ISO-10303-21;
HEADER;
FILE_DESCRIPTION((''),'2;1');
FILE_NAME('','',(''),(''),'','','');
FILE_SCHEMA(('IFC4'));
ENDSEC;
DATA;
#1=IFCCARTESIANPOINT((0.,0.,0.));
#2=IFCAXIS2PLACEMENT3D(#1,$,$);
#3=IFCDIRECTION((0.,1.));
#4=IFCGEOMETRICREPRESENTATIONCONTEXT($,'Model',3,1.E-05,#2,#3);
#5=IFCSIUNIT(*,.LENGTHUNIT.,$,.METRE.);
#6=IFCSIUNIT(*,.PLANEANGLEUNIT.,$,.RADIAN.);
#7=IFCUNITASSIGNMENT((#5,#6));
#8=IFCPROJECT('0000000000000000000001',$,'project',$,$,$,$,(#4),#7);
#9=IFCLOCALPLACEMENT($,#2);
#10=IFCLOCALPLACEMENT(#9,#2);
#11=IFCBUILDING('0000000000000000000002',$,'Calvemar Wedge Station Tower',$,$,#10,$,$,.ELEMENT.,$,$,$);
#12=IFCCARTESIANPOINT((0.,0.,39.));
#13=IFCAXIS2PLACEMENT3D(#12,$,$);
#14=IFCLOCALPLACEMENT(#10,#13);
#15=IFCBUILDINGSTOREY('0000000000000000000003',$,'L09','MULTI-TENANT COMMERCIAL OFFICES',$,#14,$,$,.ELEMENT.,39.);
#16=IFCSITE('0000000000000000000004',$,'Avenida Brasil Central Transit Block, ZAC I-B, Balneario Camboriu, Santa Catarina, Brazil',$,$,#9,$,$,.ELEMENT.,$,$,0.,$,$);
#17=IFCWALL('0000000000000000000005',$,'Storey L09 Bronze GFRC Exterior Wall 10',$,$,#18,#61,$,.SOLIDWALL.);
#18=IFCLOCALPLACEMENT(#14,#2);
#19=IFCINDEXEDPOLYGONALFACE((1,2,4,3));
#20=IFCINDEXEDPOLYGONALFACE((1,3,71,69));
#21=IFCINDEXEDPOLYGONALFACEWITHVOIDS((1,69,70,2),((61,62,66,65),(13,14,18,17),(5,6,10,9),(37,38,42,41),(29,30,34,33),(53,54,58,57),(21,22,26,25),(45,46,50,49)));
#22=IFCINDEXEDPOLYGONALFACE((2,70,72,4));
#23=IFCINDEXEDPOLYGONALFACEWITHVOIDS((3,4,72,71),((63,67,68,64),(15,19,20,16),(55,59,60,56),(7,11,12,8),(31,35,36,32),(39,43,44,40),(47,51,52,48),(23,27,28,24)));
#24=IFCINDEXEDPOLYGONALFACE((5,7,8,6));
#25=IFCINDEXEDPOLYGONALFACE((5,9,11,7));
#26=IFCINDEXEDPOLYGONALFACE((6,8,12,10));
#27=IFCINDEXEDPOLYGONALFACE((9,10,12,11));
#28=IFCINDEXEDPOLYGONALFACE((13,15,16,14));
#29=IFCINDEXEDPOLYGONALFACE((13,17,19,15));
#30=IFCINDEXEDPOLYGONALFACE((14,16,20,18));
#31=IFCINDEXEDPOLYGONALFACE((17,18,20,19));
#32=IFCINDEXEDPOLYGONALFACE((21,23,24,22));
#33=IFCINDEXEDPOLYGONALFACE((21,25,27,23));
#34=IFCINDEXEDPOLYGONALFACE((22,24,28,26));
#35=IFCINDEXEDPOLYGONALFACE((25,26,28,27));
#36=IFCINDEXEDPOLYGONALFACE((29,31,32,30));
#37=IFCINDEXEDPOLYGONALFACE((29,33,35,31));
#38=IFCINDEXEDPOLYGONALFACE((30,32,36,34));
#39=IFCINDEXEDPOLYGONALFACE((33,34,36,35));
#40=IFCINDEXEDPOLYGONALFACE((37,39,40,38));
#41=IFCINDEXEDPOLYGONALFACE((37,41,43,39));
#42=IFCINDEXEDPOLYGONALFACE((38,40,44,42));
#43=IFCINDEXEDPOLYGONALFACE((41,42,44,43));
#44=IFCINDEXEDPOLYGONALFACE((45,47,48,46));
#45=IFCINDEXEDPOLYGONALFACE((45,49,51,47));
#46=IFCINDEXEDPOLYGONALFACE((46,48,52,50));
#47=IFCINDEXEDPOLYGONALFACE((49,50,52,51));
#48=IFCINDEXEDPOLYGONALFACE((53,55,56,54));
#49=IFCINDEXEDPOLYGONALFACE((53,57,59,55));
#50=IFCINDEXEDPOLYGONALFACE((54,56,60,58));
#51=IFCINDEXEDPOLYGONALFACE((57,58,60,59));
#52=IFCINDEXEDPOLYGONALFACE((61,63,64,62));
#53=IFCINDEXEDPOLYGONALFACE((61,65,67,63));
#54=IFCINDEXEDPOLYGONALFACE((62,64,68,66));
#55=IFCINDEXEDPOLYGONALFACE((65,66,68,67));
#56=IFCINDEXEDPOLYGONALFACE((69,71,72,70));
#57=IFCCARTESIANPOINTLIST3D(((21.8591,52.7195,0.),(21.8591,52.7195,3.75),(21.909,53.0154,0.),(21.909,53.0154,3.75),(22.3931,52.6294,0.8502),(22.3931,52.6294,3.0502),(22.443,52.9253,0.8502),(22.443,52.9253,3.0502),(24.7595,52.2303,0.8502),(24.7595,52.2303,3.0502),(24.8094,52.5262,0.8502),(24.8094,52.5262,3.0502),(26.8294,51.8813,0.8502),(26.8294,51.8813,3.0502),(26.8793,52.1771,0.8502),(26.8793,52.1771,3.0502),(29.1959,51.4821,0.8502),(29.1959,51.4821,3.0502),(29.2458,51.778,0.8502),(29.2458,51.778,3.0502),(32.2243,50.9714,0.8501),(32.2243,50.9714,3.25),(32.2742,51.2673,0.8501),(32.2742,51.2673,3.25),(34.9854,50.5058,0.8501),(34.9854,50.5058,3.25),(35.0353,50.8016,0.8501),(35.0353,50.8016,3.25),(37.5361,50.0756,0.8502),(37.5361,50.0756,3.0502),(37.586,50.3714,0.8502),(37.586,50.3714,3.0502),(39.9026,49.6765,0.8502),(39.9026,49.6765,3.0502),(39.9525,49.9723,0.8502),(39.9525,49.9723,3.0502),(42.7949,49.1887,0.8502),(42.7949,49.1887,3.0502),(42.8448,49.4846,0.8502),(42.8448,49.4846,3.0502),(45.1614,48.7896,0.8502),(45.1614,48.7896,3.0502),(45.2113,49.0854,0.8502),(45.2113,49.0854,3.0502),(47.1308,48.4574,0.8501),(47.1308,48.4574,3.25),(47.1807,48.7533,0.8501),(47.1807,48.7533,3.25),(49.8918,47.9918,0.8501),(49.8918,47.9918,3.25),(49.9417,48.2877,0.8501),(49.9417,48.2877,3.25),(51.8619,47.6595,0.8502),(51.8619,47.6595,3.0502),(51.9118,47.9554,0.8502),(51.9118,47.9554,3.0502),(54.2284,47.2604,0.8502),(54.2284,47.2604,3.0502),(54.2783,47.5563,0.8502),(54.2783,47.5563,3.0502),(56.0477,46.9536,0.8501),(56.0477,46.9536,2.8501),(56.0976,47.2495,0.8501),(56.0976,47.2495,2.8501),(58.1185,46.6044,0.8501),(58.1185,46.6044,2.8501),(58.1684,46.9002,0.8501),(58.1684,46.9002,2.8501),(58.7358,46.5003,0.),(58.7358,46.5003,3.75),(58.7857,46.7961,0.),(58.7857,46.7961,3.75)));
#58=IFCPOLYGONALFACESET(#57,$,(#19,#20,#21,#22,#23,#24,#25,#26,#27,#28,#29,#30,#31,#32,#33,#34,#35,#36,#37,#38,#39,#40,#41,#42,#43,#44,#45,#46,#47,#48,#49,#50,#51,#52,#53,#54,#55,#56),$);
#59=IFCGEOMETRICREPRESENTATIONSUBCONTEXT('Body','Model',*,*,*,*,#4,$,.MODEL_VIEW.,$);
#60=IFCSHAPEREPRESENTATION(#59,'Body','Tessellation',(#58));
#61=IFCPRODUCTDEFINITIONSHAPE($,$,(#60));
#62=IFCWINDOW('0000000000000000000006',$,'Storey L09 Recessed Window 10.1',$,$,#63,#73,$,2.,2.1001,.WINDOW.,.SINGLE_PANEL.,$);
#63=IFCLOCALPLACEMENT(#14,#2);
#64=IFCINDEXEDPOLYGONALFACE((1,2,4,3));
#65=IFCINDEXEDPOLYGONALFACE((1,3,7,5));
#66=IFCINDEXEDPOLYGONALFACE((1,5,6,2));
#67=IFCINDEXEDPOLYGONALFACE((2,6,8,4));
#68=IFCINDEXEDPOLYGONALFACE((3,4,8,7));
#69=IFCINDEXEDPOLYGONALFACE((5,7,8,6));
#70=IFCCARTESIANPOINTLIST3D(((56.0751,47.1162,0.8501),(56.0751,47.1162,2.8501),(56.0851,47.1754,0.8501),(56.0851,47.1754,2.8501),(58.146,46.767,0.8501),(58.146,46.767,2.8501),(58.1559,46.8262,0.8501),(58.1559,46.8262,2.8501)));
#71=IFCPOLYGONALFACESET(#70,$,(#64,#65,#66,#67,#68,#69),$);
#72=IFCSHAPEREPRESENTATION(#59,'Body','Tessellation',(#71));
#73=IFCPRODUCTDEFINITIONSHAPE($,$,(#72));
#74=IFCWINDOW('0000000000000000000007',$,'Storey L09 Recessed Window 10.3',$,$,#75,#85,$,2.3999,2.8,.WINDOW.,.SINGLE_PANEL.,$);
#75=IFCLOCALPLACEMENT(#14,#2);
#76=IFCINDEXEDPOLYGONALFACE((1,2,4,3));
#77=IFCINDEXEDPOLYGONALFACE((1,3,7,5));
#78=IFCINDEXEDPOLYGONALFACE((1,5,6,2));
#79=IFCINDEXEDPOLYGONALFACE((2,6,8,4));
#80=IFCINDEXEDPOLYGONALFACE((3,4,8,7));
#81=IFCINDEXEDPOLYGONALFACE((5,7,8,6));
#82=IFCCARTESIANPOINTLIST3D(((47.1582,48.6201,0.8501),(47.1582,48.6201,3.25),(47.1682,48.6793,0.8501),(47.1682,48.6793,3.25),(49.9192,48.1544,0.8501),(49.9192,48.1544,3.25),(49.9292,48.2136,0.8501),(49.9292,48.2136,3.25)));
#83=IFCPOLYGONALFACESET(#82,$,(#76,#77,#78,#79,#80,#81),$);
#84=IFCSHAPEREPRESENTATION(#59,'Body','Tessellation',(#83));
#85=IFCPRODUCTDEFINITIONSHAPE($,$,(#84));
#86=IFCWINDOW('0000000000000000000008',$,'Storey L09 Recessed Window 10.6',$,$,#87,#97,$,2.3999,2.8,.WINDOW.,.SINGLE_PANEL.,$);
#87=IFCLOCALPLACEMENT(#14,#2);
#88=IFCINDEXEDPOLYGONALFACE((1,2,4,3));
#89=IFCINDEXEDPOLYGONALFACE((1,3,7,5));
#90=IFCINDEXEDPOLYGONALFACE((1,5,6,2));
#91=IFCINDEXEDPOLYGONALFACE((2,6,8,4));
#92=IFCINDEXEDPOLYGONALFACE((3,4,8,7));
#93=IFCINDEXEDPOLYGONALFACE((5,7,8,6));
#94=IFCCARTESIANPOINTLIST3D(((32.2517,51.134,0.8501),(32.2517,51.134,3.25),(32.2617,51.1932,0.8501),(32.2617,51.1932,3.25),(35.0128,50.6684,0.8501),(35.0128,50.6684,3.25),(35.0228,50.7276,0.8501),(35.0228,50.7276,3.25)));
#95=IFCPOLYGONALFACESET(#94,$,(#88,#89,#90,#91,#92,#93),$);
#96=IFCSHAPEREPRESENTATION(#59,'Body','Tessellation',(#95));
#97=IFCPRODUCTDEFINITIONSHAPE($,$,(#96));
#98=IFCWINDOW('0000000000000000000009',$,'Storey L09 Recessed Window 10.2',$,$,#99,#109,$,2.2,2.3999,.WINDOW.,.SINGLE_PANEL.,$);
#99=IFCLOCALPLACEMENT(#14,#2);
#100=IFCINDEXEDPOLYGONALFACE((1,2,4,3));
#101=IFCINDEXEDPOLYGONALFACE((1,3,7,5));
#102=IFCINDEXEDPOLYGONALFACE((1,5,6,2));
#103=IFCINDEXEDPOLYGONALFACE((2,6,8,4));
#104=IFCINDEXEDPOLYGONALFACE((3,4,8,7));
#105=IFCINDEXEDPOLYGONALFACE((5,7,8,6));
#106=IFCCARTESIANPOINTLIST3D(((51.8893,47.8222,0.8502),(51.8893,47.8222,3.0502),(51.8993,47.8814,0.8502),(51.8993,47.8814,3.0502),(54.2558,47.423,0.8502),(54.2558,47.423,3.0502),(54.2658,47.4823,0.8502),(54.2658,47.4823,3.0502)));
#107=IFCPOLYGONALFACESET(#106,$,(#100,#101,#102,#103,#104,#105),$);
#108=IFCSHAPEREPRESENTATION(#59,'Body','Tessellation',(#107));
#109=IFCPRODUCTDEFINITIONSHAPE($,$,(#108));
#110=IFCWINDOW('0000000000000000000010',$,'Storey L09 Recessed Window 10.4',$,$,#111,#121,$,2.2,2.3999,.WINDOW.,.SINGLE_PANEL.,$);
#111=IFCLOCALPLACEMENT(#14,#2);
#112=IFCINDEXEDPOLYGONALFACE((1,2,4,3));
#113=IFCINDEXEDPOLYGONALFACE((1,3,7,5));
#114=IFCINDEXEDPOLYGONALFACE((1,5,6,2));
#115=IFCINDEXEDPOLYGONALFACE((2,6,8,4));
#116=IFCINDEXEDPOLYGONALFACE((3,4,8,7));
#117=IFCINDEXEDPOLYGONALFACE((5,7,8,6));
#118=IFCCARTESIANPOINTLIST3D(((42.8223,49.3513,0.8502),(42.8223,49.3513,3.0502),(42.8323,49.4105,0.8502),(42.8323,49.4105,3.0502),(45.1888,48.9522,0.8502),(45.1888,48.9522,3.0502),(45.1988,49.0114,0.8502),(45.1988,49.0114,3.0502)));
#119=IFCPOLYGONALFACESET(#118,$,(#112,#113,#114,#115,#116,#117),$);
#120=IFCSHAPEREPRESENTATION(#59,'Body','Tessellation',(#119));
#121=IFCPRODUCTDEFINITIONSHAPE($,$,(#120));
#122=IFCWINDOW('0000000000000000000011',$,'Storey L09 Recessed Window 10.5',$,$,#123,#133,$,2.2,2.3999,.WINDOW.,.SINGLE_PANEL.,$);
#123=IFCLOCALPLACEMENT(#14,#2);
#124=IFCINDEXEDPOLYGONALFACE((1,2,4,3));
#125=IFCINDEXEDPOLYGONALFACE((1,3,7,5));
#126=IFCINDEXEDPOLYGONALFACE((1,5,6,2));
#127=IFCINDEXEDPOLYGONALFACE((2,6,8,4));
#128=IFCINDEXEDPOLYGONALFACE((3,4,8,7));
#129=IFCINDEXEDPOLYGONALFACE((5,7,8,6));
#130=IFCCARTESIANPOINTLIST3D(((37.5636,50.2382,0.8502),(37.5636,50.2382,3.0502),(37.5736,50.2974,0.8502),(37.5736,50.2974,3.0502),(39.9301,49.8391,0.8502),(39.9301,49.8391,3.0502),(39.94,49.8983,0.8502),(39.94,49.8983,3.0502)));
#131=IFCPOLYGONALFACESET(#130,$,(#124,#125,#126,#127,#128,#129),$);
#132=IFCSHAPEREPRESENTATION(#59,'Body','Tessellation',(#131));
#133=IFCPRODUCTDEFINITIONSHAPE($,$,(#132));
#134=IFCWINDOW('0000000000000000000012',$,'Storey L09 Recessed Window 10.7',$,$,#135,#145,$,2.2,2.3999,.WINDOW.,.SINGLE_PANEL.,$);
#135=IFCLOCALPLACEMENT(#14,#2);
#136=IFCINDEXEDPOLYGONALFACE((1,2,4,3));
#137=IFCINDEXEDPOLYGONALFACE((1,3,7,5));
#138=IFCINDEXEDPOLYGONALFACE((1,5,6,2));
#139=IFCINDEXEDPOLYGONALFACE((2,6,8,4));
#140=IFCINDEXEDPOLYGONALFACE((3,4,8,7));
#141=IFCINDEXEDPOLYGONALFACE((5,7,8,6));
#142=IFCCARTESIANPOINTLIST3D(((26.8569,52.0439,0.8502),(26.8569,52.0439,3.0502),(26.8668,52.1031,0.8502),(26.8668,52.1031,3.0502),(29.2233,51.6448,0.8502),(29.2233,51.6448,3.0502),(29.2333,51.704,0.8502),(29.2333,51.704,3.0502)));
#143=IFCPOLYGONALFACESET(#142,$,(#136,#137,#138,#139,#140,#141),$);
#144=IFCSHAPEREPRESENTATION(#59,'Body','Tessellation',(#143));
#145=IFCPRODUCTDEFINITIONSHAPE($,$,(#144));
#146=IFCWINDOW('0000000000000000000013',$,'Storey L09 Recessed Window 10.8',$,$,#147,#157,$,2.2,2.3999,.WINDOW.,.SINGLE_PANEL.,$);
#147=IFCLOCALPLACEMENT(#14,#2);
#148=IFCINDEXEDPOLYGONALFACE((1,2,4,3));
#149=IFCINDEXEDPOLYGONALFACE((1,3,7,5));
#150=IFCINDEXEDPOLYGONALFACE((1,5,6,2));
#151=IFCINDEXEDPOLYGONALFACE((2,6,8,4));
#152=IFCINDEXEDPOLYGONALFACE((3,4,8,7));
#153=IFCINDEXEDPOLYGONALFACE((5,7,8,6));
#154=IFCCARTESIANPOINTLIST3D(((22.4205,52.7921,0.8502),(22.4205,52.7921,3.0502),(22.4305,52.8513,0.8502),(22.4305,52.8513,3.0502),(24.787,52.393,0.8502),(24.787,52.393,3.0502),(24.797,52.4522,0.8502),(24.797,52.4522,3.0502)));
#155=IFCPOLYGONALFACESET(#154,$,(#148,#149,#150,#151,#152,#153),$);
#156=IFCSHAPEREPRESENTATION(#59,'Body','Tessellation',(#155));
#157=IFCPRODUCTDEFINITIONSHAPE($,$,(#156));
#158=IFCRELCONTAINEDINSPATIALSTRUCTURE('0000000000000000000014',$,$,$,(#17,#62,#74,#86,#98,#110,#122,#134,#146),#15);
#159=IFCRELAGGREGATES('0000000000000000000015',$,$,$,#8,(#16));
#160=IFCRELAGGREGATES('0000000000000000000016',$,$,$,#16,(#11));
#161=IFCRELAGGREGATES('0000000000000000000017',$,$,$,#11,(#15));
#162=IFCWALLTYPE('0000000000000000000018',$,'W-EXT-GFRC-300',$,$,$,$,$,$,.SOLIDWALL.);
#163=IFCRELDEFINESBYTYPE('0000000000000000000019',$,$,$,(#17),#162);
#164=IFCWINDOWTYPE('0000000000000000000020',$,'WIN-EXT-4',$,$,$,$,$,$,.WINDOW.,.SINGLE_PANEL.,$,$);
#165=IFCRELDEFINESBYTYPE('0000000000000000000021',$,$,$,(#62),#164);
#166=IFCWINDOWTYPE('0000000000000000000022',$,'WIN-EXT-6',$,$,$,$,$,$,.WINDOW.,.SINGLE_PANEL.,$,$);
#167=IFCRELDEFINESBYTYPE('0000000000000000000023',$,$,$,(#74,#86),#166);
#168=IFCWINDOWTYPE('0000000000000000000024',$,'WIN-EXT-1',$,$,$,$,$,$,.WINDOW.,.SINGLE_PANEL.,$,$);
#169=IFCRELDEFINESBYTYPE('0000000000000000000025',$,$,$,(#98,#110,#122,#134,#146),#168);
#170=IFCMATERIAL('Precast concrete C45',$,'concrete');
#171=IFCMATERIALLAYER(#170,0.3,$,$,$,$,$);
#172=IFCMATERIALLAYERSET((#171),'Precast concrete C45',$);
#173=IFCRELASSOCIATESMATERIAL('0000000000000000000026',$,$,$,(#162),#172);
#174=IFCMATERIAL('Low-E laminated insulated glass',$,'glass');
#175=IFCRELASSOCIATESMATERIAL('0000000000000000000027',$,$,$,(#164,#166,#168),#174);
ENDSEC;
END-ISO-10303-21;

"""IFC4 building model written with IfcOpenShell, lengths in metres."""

from ifc_helpers import new_model, si_unit, direction, frame, frame_2d, origin, place, context, subcontext, project, spatial, rectangle, extrude, source, transform, mapped, material, layer, layer_set, type_object, element, fill, save


model = new_model("IFC4")

# Units and contexts
model_context = context("Model", 3, precision=1e-05, world=origin(), true_north=direction((0.0, 1.0)))
body_context = subcontext(model_context, "Body", "Model", "MODEL_VIEW")
ifc_project = project(units=[si_unit("LENGTHUNIT", "METRE"), si_unit("PLANEANGLEUNIT", "RADIAN")], contexts=[model_context])

# Site, building, storey
site_placement = place(None, origin())
site = spatial("IfcSite", under=ifc_project, at=site_placement, Name="Avenida Brasil Central Transit Block, ZAC I-B, Balneario Camboriu, Santa Catarina, Brazil", CompositionType="ELEMENT", RefElevation=0.0)
building_placement = place(site_placement, origin())
building = spatial("IfcBuilding", under=site, at=building_placement, Name="Calvemar Wedge Station Tower", CompositionType="ELEMENT")
storey_placement = place(building_placement, frame((0.0, 0.0, 39.0)))
storey = spatial("IfcBuildingStorey", under=building, at=storey_placement, Name="L09", Description="MULTI-TENANT COMMERCIAL OFFICES", CompositionType="ELEMENT", Elevation=39.0)

# Shared definitions
ifc_material_1 = material(Name="Low-E laminated insulated glass", Category="glass")

# Shared definitions
ifc_material_2 = material(Name="Precast concrete C45", Category="concrete")
ifc_layer_1 = layer(ifc_material_2, 0.3)
ifc_layer_set_1 = layer_set([ifc_layer_1], Name="Precast concrete C45")
wall_type_1 = type_object("IfcWallType", Name="W-EXT-GFRC-300", PredefinedType="SOLIDWALL", material=ifc_layer_set_1)

# Wall, openings, windows
wall_1_placement = place(storey_placement, frame((58.7607, 46.6482, 0.0), z_axis=(0.0, 0.0, 1.0), x_axis=(-0.986075, 0.166301, 0.0)))
wall_1 = element("IfcWall", 1, at=wall_1_placement, inside=storey, type_object=wall_type_1, Name="Storey L09 Bronze GFRC Exterior Wall 10", PredefinedType="SOLIDWALL", context=body_context, shape_type="SweptSolid", body=[
    extrude(rectangle(XDim=37.3975, YDim=0.3, at=frame_2d((18.6987, 0.0))), origin(), (0.0, 0.0, 1.0), 3.75),
])
shared_shape_1 = source(origin(), body_context, "Body", "SweptSolid", [
    extrude(rectangle(XDim=2.1001, YDim=2.0, at=frame_2d((1.05, 1.0))), frame((0.0, 0.1602, 0.0), z_axis=(0.0, -1.0, 0.0), x_axis=(1.0, 0.0, 0.0)), (0.0, 0.0, 1.0), 0.3201),
])
opening_1_placement = place(wall_1_placement, frame((0.626, 0.0, 0.8501)))
opening_1 = element("IfcOpeningElement", 2, at=opening_1_placement, cuts=wall_1, PredefinedType="OPENING", context=body_context, shape_type="MappedRepresentation", body=[
    mapped(shared_shape_1, transform((0.0, 0.0, 0.0), scale=1.0)),
])
shared_shape_2 = source(origin(), body_context, "Body", "SweptSolid", [
    extrude(rectangle(XDim=2.3999, YDim=2.2, at=frame_2d((1.2, 1.1001))), frame((0.0, 0.1602, 0.0), z_axis=(0.0, -1.0, 0.0), x_axis=(1.0, 0.0, 0.0)), (0.0, 0.0, 1.0), 0.3201),
])
opening_2_placement = place(wall_1_placement, frame((4.571, 0.0, 0.8501)))
opening_2 = element("IfcOpeningElement", 3, at=opening_2_placement, cuts=wall_1, PredefinedType="OPENING", context=body_context, shape_type="MappedRepresentation", body=[
    mapped(shared_shape_2, transform((0.0, 0.0, 0.0), scale=1.0)),
])
shared_shape_3 = source(origin(), body_context, "Body", "SweptSolid", [
    extrude(rectangle(XDim=2.8, YDim=2.3999, at=frame_2d((1.3999, 1.2))), frame((0.0, 0.1602, 0.0), z_axis=(0.0, -1.0, 0.0), x_axis=(1.0, 0.0, 0.0)), (0.0, 0.0, 1.0), 0.3201),
])
opening_3_placement = place(wall_1_placement, frame((8.969, 0.0, 0.8501)))
opening_3 = element("IfcOpeningElement", 4, at=opening_3_placement, cuts=wall_1, PredefinedType="OPENING", context=body_context, shape_type="MappedRepresentation", body=[
    mapped(shared_shape_3, transform((0.0, 0.0, 0.0), scale=1.0)),
])
opening_4_placement = place(wall_1_placement, frame((13.7661, 0.0, 0.8501)))
opening_4 = element("IfcOpeningElement", 5, at=opening_4_placement, cuts=wall_1, PredefinedType="OPENING", context=body_context, shape_type="MappedRepresentation", body=[
    mapped(shared_shape_2, transform((0.0, 0.0, 0.0), scale=1.0)),
])
opening_5_placement = place(wall_1_placement, frame((19.0991, 0.0, 0.8501)))
opening_5 = element("IfcOpeningElement", 6, at=opening_5_placement, cuts=wall_1, PredefinedType="OPENING", context=body_context, shape_type="MappedRepresentation", body=[
    mapped(shared_shape_2, transform((0.0, 0.0, 0.0), scale=1.0)),
])
opening_6_placement = place(wall_1_placement, frame((24.0859, 0.0, 0.8501)))
opening_6 = element("IfcOpeningElement", 7, at=opening_6_placement, cuts=wall_1, PredefinedType="OPENING", context=body_context, shape_type="MappedRepresentation", body=[
    mapped(shared_shape_3, transform((0.0, 0.0, 0.0), scale=1.0)),
])
opening_7_placement = place(wall_1_placement, frame((29.957, 0.0, 0.8501)))
opening_7 = element("IfcOpeningElement", 8, at=opening_7_placement, cuts=wall_1, PredefinedType="OPENING", context=body_context, shape_type="MappedRepresentation", body=[
    mapped(shared_shape_2, transform((0.0, 0.0, 0.0), scale=1.0)),
])
opening_8_placement = place(wall_1_placement, frame((34.4561, 0.0, 0.8501)))
opening_8 = element("IfcOpeningElement", 9, at=opening_8_placement, cuts=wall_1, PredefinedType="OPENING", context=body_context, shape_type="MappedRepresentation", body=[
    mapped(shared_shape_2, transform((0.0, 0.0, 0.0), scale=1.0)),
])
window_type_1 = type_object("IfcWindowType", Name="WIN-EXT-4", PartitioningType="SINGLE_PANEL", PredefinedType="WINDOW", material=ifc_material_1)
shared_shape_4 = source(origin(), body_context, "Body", "SweptSolid", [
    extrude(rectangle(XDim=2.1001, YDim=2.0, at=frame_2d((1.05, 1.0))), frame((0.0, -0.0149, 0.0), z_axis=(0.0, -1.0, 0.0), x_axis=(1.0, 0.0, 0.0)), (0.0, 0.0, 1.0), 0.0601),
])
window_1_placement = place(opening_1_placement, origin())
window_1 = element("IfcWindow", 10, at=window_1_placement, inside=storey, type_object=window_type_1, Name="Storey L09 Recessed Window 10.1", OverallHeight=2.0, OverallWidth=2.1001, PartitioningType="SINGLE_PANEL", PredefinedType="WINDOW", context=body_context, shape_type="MappedRepresentation", body=[
    mapped(shared_shape_4, transform((0.0, 0.0, 0.0), scale=1.0)),
])
fill(opening_1, window_1)
window_type_2 = type_object("IfcWindowType", Name="WIN-EXT-6", PartitioningType="SINGLE_PANEL", PredefinedType="WINDOW", material=ifc_material_1)
shared_shape_5 = source(origin(), body_context, "Body", "SweptSolid", [
    extrude(rectangle(XDim=2.8, YDim=2.3999, at=frame_2d((1.3999, 1.2))), frame((0.0, -0.0149, 0.0), z_axis=(0.0, -1.0, 0.0), x_axis=(1.0, 0.0, 0.0)), (0.0, 0.0, 1.0), 0.0601),
])
window_2_placement = place(opening_3_placement, origin())
window_2 = element("IfcWindow", 11, at=window_2_placement, inside=storey, type_object=window_type_2, Name="Storey L09 Recessed Window 10.3", OverallHeight=2.3999, OverallWidth=2.8, PartitioningType="SINGLE_PANEL", PredefinedType="WINDOW", context=body_context, shape_type="MappedRepresentation", body=[
    mapped(shared_shape_5, transform((0.0, 0.0, 0.0), scale=1.0)),
])
fill(opening_3, window_2)
window_3_placement = place(opening_6_placement, origin())
window_3 = element("IfcWindow", 12, at=window_3_placement, inside=storey, type_object=window_type_2, Name="Storey L09 Recessed Window 10.6", OverallHeight=2.3999, OverallWidth=2.8, PartitioningType="SINGLE_PANEL", PredefinedType="WINDOW", context=body_context, shape_type="MappedRepresentation", body=[
    mapped(shared_shape_5, transform((0.0, 0.0, 0.0), scale=1.0)),
])
fill(opening_6, window_3)
window_type_3 = type_object("IfcWindowType", Name="WIN-EXT-1", PartitioningType="SINGLE_PANEL", PredefinedType="WINDOW", material=ifc_material_1)
shared_shape_6 = source(origin(), body_context, "Body", "SweptSolid", [
    extrude(rectangle(XDim=2.3999, YDim=2.2, at=frame_2d((1.2, 1.1001))), frame((0.0, -0.0149, 0.0), z_axis=(0.0, -1.0, 0.0), x_axis=(1.0, 0.0, 0.0)), (0.0, 0.0, 1.0), 0.0601),
])
window_4_placement = place(opening_2_placement, origin())
window_4 = element("IfcWindow", 13, at=window_4_placement, inside=storey, type_object=window_type_3, Name="Storey L09 Recessed Window 10.2", OverallHeight=2.2, OverallWidth=2.3999, PartitioningType="SINGLE_PANEL", PredefinedType="WINDOW", context=body_context, shape_type="MappedRepresentation", body=[
    mapped(shared_shape_6, transform((0.0, 0.0, 0.0), scale=1.0)),
])
fill(opening_2, window_4)
window_5_placement = place(opening_4_placement, origin())
window_5 = element("IfcWindow", 14, at=window_5_placement, inside=storey, type_object=window_type_3, Name="Storey L09 Recessed Window 10.4", OverallHeight=2.2, OverallWidth=2.3999, PartitioningType="SINGLE_PANEL", PredefinedType="WINDOW", context=body_context, shape_type="MappedRepresentation", body=[
    mapped(shared_shape_6, transform((0.0, 0.0, 0.0), scale=1.0)),
])
fill(opening_4, window_5)
window_6_placement = place(opening_5_placement, origin())
window_6 = element("IfcWindow", 15, at=window_6_placement, inside=storey, type_object=window_type_3, Name="Storey L09 Recessed Window 10.5", OverallHeight=2.2, OverallWidth=2.3999, PartitioningType="SINGLE_PANEL", PredefinedType="WINDOW", context=body_context, shape_type="MappedRepresentation", body=[
    mapped(shared_shape_6, transform((0.0, 0.0, 0.0), scale=1.0)),
])
fill(opening_5, window_6)
window_7_placement = place(opening_7_placement, origin())
window_7 = element("IfcWindow", 16, at=window_7_placement, inside=storey, type_object=window_type_3, Name="Storey L09 Recessed Window 10.7", OverallHeight=2.2, OverallWidth=2.3999, PartitioningType="SINGLE_PANEL", PredefinedType="WINDOW", context=body_context, shape_type="MappedRepresentation", body=[
    mapped(shared_shape_6, transform((0.0, 0.0, 0.0), scale=1.0)),
])
fill(opening_7, window_7)
window_8_placement = place(opening_8_placement, origin())
window_8 = element("IfcWindow", 17, at=window_8_placement, inside=storey, type_object=window_type_3, Name="Storey L09 Recessed Window 10.8", OverallHeight=2.2, OverallWidth=2.3999, PartitioningType="SINGLE_PANEL", PredefinedType="WINDOW", context=body_context, shape_type="MappedRepresentation", body=[
    mapped(shared_shape_6, transform((0.0, 0.0, 0.0), scale=1.0)),
])
fill(opening_8, window_8)

save(model, "model.ifc")
